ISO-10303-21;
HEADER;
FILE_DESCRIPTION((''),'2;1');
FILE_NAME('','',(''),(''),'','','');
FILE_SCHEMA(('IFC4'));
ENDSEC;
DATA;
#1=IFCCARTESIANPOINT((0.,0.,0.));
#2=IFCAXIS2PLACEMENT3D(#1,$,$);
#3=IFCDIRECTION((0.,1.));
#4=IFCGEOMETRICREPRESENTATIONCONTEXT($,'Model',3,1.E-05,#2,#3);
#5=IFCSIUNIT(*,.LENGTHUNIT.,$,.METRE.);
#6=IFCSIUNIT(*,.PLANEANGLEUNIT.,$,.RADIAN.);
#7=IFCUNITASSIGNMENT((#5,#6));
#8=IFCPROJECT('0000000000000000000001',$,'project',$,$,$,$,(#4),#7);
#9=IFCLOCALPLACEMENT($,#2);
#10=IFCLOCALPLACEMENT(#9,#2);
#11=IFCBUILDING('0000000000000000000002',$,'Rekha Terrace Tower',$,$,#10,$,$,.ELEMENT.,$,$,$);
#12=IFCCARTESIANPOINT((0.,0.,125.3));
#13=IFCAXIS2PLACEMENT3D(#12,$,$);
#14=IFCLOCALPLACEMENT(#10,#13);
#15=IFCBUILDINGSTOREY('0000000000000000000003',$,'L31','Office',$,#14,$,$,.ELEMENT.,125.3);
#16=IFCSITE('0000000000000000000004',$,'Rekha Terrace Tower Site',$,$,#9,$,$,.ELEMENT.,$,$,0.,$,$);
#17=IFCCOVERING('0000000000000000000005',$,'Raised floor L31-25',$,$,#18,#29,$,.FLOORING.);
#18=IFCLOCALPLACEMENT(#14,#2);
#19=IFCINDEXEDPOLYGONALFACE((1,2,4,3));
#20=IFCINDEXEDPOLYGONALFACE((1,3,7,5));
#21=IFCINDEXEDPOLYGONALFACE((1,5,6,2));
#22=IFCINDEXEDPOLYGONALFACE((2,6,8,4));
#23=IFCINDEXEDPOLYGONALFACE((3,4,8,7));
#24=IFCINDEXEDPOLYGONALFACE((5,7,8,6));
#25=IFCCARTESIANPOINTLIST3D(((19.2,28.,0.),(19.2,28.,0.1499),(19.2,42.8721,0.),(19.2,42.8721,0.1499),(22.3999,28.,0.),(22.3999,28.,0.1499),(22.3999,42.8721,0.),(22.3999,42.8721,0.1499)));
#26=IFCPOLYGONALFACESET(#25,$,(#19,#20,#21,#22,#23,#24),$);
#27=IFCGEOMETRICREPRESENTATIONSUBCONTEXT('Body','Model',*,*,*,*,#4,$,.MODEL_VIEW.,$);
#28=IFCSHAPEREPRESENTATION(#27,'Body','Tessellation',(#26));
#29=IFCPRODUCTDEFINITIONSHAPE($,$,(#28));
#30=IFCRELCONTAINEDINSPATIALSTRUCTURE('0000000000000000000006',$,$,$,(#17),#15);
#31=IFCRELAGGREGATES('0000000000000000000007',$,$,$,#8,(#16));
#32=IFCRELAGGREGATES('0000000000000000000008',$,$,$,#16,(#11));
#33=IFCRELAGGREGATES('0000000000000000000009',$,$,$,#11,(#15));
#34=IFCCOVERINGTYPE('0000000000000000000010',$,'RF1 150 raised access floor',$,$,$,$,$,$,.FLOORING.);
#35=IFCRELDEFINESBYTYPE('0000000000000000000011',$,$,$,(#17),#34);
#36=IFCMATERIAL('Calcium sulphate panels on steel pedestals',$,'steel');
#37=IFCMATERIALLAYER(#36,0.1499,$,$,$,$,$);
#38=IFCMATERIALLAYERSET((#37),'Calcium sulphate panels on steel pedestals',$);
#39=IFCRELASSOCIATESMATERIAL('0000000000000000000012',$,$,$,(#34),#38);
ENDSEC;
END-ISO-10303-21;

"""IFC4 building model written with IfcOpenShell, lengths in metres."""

from ifc_helpers import new_model, si_unit, direction, frame, origin, place, context, subcontext, project, spatial, polyline, outline, extrude, material, layer, layer_set, type_object, element, save


model = new_model("IFC4")

# Units and contexts
model_context = context("Model", 3, precision=1e-05, world=origin(), true_north=direction((0.0, 1.0)))
body_context = subcontext(model_context, "Body", "Model", "MODEL_VIEW")
ifc_project = project(units=[si_unit("LENGTHUNIT", "METRE"), si_unit("PLANEANGLEUNIT", "RADIAN")], contexts=[model_context])

# Site, building, storey
site_placement = place(None, origin())
site = spatial("IfcSite", under=ifc_project, at=site_placement, Name="Rekha Terrace Tower Site", CompositionType="ELEMENT", RefElevation=0.0)
building_placement = place(site_placement, origin())
building = spatial("IfcBuilding", under=site, at=building_placement, Name="Rekha Terrace Tower", CompositionType="ELEMENT")
storey_placement = place(building_placement, frame((0.0, 0.0, 125.3)))
storey = spatial("IfcBuildingStorey", under=building, at=storey_placement, Name="L31", Description="Office", CompositionType="ELEMENT", Elevation=125.3)

# Covering
ifc_material_1 = material(Name="Calcium sulphate panels on steel pedestals", Category="steel")
ifc_layer_1 = layer(ifc_material_1, 0.1499)
ifc_layer_set_1 = layer_set([ifc_layer_1], Name="Calcium sulphate panels on steel pedestals")
covering_type_1 = type_object("IfcCoveringType", Name="RF1 150 raised access floor", PredefinedType="FLOORING", material=ifc_layer_set_1)
covering_1_placement = place(storey_placement, origin())
element("IfcCovering", 1, at=covering_1_placement, inside=storey, type_object=covering_type_1, Name="Raised floor L31-25", PredefinedType="FLOORING", context=body_context, shape_type="SweptSolid", body=[
    extrude(outline(polyline([(19.2, 42.8721), (19.2, 28.0), (22.3999, 28.0), (22.3999, 42.8721), (19.2, 42.8721)])), origin(), (0.0, 0.0, 1.0), 0.1499),
])

save(model, "model.ifc")
